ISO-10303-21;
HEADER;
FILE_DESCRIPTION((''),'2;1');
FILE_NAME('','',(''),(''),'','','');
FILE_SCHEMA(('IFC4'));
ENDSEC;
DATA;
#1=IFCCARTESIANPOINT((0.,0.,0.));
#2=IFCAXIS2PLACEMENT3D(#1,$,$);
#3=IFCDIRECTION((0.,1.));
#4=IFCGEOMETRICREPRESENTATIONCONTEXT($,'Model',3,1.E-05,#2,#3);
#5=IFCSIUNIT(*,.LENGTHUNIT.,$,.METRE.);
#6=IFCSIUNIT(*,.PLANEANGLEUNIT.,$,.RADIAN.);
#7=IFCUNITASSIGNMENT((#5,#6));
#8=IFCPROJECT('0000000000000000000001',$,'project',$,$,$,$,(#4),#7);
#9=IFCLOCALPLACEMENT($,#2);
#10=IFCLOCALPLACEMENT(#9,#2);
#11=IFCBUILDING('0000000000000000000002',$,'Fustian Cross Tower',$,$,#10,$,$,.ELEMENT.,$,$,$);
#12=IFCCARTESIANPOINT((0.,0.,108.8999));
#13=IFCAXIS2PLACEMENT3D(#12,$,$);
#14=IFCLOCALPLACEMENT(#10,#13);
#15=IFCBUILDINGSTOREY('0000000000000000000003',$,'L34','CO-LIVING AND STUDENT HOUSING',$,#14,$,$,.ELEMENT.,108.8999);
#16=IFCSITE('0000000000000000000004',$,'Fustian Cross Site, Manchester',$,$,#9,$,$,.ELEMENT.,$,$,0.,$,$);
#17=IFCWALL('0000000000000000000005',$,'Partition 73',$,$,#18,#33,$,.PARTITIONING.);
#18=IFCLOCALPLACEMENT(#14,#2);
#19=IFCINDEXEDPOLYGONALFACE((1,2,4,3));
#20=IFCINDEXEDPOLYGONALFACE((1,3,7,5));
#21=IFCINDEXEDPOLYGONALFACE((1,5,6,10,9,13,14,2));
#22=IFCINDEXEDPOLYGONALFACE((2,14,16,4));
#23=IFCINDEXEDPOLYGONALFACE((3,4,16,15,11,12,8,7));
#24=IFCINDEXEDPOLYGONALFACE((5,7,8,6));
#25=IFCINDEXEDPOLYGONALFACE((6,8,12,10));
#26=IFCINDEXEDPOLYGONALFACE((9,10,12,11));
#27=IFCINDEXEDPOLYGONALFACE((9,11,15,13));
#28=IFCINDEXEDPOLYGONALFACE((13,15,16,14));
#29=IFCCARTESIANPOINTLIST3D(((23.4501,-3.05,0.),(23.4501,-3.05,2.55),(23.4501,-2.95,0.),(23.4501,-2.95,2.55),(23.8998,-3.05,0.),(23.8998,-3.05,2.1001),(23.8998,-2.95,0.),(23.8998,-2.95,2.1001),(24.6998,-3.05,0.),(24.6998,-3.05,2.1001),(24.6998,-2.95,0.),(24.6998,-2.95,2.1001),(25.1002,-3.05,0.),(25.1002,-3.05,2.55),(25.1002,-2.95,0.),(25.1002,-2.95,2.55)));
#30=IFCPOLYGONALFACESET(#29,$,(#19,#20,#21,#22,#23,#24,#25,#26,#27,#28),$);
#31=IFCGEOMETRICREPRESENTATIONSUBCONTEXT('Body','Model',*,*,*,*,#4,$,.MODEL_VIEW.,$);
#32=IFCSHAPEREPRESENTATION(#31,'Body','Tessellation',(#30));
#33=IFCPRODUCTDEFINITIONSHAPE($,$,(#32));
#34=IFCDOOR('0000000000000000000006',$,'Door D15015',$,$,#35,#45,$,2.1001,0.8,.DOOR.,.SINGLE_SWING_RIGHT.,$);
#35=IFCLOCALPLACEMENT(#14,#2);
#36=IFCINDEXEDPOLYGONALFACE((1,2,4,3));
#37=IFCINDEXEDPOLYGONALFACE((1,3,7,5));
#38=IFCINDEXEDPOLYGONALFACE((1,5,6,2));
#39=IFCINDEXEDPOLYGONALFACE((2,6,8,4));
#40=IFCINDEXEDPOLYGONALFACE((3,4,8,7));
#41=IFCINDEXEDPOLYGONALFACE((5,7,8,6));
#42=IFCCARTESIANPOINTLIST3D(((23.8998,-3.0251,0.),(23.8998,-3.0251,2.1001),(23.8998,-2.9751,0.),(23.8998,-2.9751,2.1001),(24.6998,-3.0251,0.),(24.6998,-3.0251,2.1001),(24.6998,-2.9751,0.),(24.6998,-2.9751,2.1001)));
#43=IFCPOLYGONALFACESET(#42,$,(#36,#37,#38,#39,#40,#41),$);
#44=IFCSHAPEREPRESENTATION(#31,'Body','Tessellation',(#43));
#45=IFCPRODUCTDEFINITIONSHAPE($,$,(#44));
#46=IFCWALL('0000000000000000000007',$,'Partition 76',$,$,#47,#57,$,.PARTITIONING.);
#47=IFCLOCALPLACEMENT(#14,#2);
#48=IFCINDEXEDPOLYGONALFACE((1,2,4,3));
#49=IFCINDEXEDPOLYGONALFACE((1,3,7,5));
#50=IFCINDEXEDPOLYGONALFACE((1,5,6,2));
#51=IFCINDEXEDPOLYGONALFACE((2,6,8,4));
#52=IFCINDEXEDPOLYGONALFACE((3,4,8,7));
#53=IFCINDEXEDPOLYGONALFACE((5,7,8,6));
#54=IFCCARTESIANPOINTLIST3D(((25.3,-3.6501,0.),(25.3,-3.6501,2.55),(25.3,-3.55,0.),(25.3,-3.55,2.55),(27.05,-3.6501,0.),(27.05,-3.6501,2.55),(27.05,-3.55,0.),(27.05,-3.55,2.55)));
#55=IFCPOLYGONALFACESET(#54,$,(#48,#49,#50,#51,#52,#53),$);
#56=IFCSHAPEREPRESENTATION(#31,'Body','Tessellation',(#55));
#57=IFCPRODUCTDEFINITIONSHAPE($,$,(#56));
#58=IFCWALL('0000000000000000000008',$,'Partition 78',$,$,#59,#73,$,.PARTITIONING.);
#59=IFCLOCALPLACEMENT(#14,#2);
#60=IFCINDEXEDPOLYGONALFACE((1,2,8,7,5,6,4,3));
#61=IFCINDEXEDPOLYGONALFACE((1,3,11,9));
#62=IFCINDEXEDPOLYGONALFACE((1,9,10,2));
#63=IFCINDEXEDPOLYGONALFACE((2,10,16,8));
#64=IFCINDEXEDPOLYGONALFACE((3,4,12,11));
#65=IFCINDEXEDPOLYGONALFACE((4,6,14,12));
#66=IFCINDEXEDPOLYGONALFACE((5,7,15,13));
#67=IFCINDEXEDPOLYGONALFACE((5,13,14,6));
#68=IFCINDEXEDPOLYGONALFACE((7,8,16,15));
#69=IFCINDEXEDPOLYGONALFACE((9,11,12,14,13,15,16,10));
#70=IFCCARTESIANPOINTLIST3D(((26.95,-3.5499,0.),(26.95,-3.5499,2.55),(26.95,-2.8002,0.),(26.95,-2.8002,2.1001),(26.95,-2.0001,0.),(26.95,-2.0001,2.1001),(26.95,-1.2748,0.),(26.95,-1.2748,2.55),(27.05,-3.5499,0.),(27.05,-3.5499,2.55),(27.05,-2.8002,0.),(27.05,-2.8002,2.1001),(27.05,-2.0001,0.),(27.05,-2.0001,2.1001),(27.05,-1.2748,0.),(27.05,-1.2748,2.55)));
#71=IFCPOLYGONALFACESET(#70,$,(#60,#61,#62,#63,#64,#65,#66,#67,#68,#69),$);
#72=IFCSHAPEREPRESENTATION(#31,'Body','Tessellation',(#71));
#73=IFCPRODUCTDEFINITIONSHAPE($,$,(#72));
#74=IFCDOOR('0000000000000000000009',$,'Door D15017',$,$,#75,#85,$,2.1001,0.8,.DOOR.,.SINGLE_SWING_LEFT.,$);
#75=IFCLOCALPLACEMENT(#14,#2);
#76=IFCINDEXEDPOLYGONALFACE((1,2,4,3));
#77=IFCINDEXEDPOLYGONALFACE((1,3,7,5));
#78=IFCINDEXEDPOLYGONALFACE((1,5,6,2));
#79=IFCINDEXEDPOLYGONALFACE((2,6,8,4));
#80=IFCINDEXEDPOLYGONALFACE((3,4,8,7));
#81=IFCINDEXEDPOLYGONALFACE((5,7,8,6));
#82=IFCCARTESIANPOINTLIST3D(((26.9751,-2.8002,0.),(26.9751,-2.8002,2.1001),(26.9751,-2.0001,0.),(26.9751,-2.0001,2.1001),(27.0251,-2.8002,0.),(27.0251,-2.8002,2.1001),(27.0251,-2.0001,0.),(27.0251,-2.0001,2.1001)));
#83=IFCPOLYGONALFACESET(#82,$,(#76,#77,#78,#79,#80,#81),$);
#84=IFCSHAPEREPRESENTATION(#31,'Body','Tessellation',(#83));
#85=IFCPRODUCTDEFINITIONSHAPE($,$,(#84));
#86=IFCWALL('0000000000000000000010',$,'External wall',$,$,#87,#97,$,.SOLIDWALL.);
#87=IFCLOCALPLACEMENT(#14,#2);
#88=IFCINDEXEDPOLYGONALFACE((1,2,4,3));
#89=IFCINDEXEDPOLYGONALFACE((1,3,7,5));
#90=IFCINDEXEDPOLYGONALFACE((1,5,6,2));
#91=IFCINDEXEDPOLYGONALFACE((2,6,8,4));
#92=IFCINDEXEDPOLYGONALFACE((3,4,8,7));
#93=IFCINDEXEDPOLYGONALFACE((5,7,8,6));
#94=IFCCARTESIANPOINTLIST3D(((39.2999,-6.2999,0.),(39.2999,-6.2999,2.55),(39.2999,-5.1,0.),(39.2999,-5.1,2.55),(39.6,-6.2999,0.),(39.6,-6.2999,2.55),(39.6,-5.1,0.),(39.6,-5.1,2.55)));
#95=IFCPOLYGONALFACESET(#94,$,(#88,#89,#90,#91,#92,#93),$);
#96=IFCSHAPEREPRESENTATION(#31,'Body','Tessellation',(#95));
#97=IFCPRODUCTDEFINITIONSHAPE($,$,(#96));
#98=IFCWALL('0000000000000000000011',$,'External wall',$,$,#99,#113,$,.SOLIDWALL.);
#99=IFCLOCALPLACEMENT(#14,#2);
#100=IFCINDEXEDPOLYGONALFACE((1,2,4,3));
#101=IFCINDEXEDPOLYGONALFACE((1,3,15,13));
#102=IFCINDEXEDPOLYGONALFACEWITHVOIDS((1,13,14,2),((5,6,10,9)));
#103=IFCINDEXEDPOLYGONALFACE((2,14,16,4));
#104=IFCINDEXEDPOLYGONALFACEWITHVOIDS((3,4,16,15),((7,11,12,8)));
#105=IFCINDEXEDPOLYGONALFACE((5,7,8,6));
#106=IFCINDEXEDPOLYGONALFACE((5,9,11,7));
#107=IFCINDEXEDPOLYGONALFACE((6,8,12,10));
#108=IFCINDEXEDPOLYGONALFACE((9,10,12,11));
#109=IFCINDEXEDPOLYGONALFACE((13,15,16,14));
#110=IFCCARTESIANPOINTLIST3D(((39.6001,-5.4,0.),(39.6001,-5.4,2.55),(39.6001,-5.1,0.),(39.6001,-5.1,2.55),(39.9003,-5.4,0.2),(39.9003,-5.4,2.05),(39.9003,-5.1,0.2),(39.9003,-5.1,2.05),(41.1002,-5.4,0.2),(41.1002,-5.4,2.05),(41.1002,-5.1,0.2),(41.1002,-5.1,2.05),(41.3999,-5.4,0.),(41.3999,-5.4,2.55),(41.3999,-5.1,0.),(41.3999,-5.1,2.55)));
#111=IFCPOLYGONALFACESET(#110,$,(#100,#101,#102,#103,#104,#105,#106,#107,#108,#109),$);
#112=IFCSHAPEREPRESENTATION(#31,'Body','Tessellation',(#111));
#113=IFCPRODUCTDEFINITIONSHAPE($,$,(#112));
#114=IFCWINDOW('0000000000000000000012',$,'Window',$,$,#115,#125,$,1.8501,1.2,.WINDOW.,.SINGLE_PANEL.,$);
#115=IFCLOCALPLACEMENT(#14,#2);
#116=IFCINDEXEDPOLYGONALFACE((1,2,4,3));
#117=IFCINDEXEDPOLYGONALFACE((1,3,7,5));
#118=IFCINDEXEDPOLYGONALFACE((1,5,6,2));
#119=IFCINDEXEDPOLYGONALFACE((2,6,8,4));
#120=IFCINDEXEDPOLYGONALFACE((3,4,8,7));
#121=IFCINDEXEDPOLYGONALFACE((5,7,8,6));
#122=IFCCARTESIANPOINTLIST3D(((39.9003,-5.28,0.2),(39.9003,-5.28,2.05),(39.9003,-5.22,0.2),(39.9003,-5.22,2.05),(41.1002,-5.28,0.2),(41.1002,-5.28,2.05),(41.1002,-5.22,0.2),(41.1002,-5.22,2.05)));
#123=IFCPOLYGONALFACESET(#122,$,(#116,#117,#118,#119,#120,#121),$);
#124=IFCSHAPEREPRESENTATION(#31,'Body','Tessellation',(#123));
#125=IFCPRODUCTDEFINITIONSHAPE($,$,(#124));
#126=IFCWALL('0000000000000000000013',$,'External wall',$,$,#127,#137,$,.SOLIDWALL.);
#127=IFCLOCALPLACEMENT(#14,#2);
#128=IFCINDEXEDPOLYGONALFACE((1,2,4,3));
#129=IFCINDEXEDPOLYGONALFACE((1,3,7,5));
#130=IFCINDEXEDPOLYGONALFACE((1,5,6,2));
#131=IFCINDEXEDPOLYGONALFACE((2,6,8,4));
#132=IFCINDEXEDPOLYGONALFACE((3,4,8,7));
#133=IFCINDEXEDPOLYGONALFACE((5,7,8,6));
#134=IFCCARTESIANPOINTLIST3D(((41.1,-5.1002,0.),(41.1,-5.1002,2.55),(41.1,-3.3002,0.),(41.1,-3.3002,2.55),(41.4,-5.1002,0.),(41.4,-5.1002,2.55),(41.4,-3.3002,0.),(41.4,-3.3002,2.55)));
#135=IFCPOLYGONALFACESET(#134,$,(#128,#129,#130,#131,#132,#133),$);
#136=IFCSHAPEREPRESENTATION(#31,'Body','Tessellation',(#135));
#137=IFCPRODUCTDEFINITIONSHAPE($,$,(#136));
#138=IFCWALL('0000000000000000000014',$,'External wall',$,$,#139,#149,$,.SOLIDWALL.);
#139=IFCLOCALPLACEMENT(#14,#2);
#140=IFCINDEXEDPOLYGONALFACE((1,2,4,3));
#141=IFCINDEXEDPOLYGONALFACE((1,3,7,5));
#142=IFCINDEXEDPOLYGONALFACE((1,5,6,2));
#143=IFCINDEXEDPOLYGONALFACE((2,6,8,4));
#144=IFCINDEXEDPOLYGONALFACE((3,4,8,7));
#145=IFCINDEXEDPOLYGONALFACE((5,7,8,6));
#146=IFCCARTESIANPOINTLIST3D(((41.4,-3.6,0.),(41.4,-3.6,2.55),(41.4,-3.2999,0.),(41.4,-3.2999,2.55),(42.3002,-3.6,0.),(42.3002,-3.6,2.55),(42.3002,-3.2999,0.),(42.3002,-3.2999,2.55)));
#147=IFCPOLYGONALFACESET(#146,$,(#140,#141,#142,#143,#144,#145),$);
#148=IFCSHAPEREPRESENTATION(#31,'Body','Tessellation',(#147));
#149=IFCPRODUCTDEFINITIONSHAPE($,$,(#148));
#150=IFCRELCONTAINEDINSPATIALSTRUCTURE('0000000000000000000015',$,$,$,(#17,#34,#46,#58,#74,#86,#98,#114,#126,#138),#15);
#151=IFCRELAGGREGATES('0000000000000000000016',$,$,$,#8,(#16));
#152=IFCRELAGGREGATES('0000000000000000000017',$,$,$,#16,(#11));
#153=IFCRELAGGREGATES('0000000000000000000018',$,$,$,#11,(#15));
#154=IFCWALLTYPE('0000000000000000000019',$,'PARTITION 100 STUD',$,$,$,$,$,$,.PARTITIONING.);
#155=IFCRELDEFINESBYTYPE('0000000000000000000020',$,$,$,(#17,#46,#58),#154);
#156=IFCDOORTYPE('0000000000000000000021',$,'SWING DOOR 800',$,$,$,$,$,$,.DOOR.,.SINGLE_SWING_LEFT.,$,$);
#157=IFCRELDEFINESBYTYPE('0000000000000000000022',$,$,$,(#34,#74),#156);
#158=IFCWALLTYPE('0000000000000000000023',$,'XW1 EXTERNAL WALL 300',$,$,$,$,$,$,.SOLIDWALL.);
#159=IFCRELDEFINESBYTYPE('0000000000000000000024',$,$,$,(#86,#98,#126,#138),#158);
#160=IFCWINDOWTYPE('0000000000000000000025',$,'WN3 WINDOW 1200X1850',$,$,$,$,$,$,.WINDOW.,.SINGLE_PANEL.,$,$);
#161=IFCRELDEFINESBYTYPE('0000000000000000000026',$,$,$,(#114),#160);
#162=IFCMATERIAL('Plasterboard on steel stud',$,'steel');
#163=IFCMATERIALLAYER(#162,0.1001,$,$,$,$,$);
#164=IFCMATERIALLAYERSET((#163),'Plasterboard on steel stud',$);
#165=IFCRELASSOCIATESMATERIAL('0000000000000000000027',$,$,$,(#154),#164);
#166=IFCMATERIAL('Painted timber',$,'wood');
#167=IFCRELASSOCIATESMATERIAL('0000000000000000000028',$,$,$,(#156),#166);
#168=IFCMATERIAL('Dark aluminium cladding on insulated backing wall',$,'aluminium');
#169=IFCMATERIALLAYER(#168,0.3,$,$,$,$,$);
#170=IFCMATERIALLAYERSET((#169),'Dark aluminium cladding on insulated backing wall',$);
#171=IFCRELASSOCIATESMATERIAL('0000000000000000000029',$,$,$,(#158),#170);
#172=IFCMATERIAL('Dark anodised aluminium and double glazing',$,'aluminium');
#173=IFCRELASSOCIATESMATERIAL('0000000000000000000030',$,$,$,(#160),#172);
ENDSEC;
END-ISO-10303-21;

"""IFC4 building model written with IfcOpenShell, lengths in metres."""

from ifc_helpers import new_model, si_unit, direction, frame, frame_2d, origin, place, context, subcontext, project, spatial, rectangle, extrude, material, layer, layer_set, type_object, element, fill, save


model = new_model("IFC4")

# Units and contexts
model_context = context("Model", 3, precision=1e-05, world=origin(), true_north=direction((0.0, 1.0)))
body_context = subcontext(model_context, "Body", "Model", "MODEL_VIEW")
ifc_project = project(units=[si_unit("LENGTHUNIT", "METRE"), si_unit("PLANEANGLEUNIT", "RADIAN")], contexts=[model_context])

# Site, building, storey
site_placement = place(None, origin())
site = spatial("IfcSite", under=ifc_project, at=site_placement, Name="Fustian Cross Site, Manchester", CompositionType="ELEMENT", RefElevation=0.0)
building_placement = place(site_placement, origin())
building = spatial("IfcBuilding", under=site, at=building_placement, Name="Fustian Cross Tower", CompositionType="ELEMENT")
storey_placement = place(building_placement, frame((0.0, 0.0, 108.8999)))
storey = spatial("IfcBuildingStorey", under=building, at=storey_placement, Name="L34", Description="CO-LIVING AND STUDENT HOUSING", CompositionType="ELEMENT", Elevation=108.8999)

# Shared definitions
ifc_material_1 = material(Name="Plasterboard on steel stud", Category="steel")
ifc_layer_1 = layer(ifc_material_1, 0.1001)
ifc_layer_set_1 = layer_set([ifc_layer_1], Name="Plasterboard on steel stud")
wall_type_1 = type_object("IfcWallType", Name="PARTITION 100 STUD", PredefinedType="PARTITIONING", material=ifc_layer_set_1)

# Wall, opening, door
wall_1_placement = place(storey_placement, frame((23.45, -3.0, 0.0), z_axis=(0.0, 0.0, 1.0), x_axis=(1.0, 0.0, 0.0)))
wall_1 = element("IfcWall", 1, at=wall_1_placement, inside=storey, type_object=wall_type_1, Name="Partition 73", PredefinedType="PARTITIONING", context=body_context, shape_type="SweptSolid", body=[
    extrude(rectangle(XDim=1.6501, YDim=0.1001, at=frame_2d((0.8252, 0.0))), origin(), (0.0, 0.0, 1.0), 2.55),
])
opening_1_placement = place(wall_1_placement, frame((0.45, 0.0, 0.0)))
opening_1 = element("IfcOpeningElement", 2, at=opening_1_placement, cuts=wall_1, PredefinedType="OPENING", context=body_context, shape_type="SweptSolid", body=[
    extrude(rectangle(XDim=0.8, YDim=2.1001, at=frame_2d((0.3999, 1.05))), frame((0.0, 0.0601, 0.0), z_axis=(0.0, -1.0, 0.0), x_axis=(1.0, 0.0, 0.0)), (0.0, 0.0, 1.0), 0.1201),
])
ifc_material_2 = material(Name="Painted timber", Category="wood")
door_type_1 = type_object("IfcDoorType", Name="SWING DOOR 800", OperationType="SINGLE_SWING_LEFT", PredefinedType="DOOR", material=ifc_material_2)
door_1_placement = place(opening_1_placement, origin())
door_1 = element("IfcDoor", 3, at=door_1_placement, inside=storey, type_object=door_type_1, Name="Door D15015", OperationType="SINGLE_SWING_RIGHT", OverallHeight=2.1001, OverallWidth=0.8, PredefinedType="DOOR", context=body_context, shape_type="SweptSolid", body=[
    extrude(rectangle(XDim=0.8, YDim=2.1001, at=frame_2d((0.3999, 1.05))), frame((0.0, 0.0249, 0.0), z_axis=(0.0, -1.0, 0.0), x_axis=(1.0, 0.0, 0.0)), (0.0, 0.0, 1.0), 0.05),
])
fill(opening_1, door_1)

# Wall
wall_2_placement = place(storey_placement, frame((25.3, -3.6001, 0.0), z_axis=(0.0, 0.0, 1.0), x_axis=(1.0, 0.0, 0.0)))
element("IfcWall", 4, at=wall_2_placement, inside=storey, type_object=wall_type_1, Name="Partition 76", PredefinedType="PARTITIONING", context=body_context, shape_type="SweptSolid", body=[
    extrude(rectangle(XDim=1.75, YDim=0.1001, at=frame_2d((0.875, 0.0))), origin(), (0.0, 0.0, 1.0), 2.55),
])

# Wall, opening, door
wall_3_placement = place(storey_placement, frame((27.0, -3.55, 0.0), z_axis=(0.0, 0.0, 1.0), x_axis=(0.0, 1.0, 0.0)))
wall_3 = element("IfcWall", 5, at=wall_3_placement, inside=storey, type_object=wall_type_1, Name="Partition 78", PredefinedType="PARTITIONING", context=body_context, shape_type="SweptSolid", body=[
    extrude(rectangle(XDim=2.2751, YDim=0.1001, at=frame_2d((1.1377, 0.0))), origin(), (0.0, 0.0, 1.0), 2.55),
])
opening_2_placement = place(wall_3_placement, frame((0.75, 0.0, 0.0)))
opening_2 = element("IfcOpeningElement", 6, at=opening_2_placement, cuts=wall_3, PredefinedType="OPENING", context=body_context, shape_type="SweptSolid", body=[
    extrude(rectangle(XDim=0.8, YDim=2.1001, at=frame_2d((0.3999, 1.05))), frame((0.0, 0.0601, 0.0), z_axis=(0.0, -1.0, 0.0), x_axis=(1.0, 0.0, 0.0)), (0.0, 0.0, 1.0), 0.1201),
])
door_2_placement = place(opening_2_placement, origin())
door_2 = element("IfcDoor", 7, at=door_2_placement, inside=storey, type_object=door_type_1, Name="Door D15017", OperationType="SINGLE_SWING_LEFT", OverallHeight=2.1001, OverallWidth=0.8, PredefinedType="DOOR", context=body_context, shape_type="SweptSolid", body=[
    extrude(rectangle(XDim=0.8, YDim=2.1001, at=frame_2d((0.3999, 1.05))), frame((0.0, 0.0249, 0.0), z_axis=(0.0, -1.0, 0.0), x_axis=(1.0, 0.0, 0.0)), (0.0, 0.0, 1.0), 0.05),
])
fill(opening_2, door_2)

# Wall
ifc_material_3 = material(Name="Dark aluminium cladding on insulated backing wall", Category="aluminium")
ifc_layer_2 = layer(ifc_material_3, 0.3)
ifc_layer_set_2 = layer_set([ifc_layer_2], Name="Dark aluminium cladding on insulated backing wall")
wall_type_2 = type_object("IfcWallType", Name="XW1 EXTERNAL WALL 300", PredefinedType="SOLIDWALL", material=ifc_layer_set_2)
wall_4_placement = place(storey_placement, frame((39.45, -6.3, 0.0), z_axis=(0.0, 0.0, 1.0), x_axis=(0.0, 1.0, 0.0)))
element("IfcWall", 8, at=wall_4_placement, inside=storey, type_object=wall_type_2, Name="External wall", PredefinedType="SOLIDWALL", context=body_context, shape_type="SweptSolid", body=[
    extrude(rectangle(XDim=1.2, YDim=0.3, at=frame_2d((0.6001, 0.0))), origin(), (0.0, 0.0, 1.0), 2.55),
])

# Wall, opening, window
wall_5_placement = place(storey_placement, frame((39.6001, -5.25, 0.0), z_axis=(0.0, 0.0, 1.0), x_axis=(1.0, 0.0, 0.0)))
wall_5 = element("IfcWall", 9, at=wall_5_placement, inside=storey, type_object=wall_type_2, Name="External wall", PredefinedType="SOLIDWALL", context=body_context, shape_type="SweptSolid", body=[
    extrude(rectangle(XDim=1.7998, YDim=0.3, at=frame_2d((0.8999, 0.0))), origin(), (0.0, 0.0, 1.0), 2.55),
])
opening_3_placement = place(wall_5_placement, frame((0.3, 0.0, 0.2)))
opening_3 = element("IfcOpeningElement", 10, at=opening_3_placement, cuts=wall_5, PredefinedType="OPENING", context=body_context, shape_type="SweptSolid", body=[
    extrude(rectangle(XDim=1.2, YDim=1.8501, at=frame_2d((0.6001, 0.925))), frame((0.0, 0.1599, 0.0), z_axis=(0.0, -1.0, 0.0), x_axis=(1.0, 0.0, 0.0)), (0.0, 0.0, 1.0), 0.3201),
])
ifc_material_4 = material(Name="Dark anodised aluminium and double glazing", Category="aluminium")
window_type_1 = type_object("IfcWindowType", Name="WN3 WINDOW 1200X1850", PartitioningType="SINGLE_PANEL", PredefinedType="WINDOW", material=ifc_material_4)
window_1_placement = place(opening_3_placement, origin())
window_1 = element("IfcWindow", 11, at=window_1_placement, inside=storey, type_object=window_type_1, Name="Window", OverallHeight=1.8501, OverallWidth=1.2, PartitioningType="SINGLE_PANEL", PredefinedType="WINDOW", context=body_context, shape_type="SweptSolid", body=[
    extrude(rectangle(XDim=1.2, YDim=1.8501, at=frame_2d((0.6001, 0.925))), frame((0.0, 0.03, 0.0), z_axis=(0.0, -1.0, 0.0), x_axis=(1.0, 0.0, 0.0)), (0.0, 0.0, 1.0), 0.0601),
])
fill(opening_3, window_1)

# Walls
wall_6_placement = place(storey_placement, frame((41.25, -5.1001, 0.0), z_axis=(0.0, 0.0, 1.0), x_axis=(0.0, 1.0, 0.0)))
element("IfcWall", 12, at=wall_6_placement, inside=storey, type_object=wall_type_2, Name="External wall", PredefinedType="SOLIDWALL", context=body_context, shape_type="SweptSolid", body=[
    extrude(rectangle(XDim=1.8, YDim=0.3, at=frame_2d((0.8999, 0.0))), origin(), (0.0, 0.0, 1.0), 2.55),
])
wall_7_placement = place(storey_placement, frame((41.3999, -3.45, 0.0), z_axis=(0.0, 0.0, 1.0), x_axis=(1.0, 0.0, 0.0)))
element("IfcWall", 13, at=wall_7_placement, inside=storey, type_object=wall_type_2, Name="External wall", PredefinedType="SOLIDWALL", context=body_context, shape_type="SweptSolid", body=[
    extrude(rectangle(XDim=0.9001, YDim=0.3, at=frame_2d((0.4502, 0.0))), origin(), (0.0, 0.0, 1.0), 2.55),
])

save(model, "model.ifc")
